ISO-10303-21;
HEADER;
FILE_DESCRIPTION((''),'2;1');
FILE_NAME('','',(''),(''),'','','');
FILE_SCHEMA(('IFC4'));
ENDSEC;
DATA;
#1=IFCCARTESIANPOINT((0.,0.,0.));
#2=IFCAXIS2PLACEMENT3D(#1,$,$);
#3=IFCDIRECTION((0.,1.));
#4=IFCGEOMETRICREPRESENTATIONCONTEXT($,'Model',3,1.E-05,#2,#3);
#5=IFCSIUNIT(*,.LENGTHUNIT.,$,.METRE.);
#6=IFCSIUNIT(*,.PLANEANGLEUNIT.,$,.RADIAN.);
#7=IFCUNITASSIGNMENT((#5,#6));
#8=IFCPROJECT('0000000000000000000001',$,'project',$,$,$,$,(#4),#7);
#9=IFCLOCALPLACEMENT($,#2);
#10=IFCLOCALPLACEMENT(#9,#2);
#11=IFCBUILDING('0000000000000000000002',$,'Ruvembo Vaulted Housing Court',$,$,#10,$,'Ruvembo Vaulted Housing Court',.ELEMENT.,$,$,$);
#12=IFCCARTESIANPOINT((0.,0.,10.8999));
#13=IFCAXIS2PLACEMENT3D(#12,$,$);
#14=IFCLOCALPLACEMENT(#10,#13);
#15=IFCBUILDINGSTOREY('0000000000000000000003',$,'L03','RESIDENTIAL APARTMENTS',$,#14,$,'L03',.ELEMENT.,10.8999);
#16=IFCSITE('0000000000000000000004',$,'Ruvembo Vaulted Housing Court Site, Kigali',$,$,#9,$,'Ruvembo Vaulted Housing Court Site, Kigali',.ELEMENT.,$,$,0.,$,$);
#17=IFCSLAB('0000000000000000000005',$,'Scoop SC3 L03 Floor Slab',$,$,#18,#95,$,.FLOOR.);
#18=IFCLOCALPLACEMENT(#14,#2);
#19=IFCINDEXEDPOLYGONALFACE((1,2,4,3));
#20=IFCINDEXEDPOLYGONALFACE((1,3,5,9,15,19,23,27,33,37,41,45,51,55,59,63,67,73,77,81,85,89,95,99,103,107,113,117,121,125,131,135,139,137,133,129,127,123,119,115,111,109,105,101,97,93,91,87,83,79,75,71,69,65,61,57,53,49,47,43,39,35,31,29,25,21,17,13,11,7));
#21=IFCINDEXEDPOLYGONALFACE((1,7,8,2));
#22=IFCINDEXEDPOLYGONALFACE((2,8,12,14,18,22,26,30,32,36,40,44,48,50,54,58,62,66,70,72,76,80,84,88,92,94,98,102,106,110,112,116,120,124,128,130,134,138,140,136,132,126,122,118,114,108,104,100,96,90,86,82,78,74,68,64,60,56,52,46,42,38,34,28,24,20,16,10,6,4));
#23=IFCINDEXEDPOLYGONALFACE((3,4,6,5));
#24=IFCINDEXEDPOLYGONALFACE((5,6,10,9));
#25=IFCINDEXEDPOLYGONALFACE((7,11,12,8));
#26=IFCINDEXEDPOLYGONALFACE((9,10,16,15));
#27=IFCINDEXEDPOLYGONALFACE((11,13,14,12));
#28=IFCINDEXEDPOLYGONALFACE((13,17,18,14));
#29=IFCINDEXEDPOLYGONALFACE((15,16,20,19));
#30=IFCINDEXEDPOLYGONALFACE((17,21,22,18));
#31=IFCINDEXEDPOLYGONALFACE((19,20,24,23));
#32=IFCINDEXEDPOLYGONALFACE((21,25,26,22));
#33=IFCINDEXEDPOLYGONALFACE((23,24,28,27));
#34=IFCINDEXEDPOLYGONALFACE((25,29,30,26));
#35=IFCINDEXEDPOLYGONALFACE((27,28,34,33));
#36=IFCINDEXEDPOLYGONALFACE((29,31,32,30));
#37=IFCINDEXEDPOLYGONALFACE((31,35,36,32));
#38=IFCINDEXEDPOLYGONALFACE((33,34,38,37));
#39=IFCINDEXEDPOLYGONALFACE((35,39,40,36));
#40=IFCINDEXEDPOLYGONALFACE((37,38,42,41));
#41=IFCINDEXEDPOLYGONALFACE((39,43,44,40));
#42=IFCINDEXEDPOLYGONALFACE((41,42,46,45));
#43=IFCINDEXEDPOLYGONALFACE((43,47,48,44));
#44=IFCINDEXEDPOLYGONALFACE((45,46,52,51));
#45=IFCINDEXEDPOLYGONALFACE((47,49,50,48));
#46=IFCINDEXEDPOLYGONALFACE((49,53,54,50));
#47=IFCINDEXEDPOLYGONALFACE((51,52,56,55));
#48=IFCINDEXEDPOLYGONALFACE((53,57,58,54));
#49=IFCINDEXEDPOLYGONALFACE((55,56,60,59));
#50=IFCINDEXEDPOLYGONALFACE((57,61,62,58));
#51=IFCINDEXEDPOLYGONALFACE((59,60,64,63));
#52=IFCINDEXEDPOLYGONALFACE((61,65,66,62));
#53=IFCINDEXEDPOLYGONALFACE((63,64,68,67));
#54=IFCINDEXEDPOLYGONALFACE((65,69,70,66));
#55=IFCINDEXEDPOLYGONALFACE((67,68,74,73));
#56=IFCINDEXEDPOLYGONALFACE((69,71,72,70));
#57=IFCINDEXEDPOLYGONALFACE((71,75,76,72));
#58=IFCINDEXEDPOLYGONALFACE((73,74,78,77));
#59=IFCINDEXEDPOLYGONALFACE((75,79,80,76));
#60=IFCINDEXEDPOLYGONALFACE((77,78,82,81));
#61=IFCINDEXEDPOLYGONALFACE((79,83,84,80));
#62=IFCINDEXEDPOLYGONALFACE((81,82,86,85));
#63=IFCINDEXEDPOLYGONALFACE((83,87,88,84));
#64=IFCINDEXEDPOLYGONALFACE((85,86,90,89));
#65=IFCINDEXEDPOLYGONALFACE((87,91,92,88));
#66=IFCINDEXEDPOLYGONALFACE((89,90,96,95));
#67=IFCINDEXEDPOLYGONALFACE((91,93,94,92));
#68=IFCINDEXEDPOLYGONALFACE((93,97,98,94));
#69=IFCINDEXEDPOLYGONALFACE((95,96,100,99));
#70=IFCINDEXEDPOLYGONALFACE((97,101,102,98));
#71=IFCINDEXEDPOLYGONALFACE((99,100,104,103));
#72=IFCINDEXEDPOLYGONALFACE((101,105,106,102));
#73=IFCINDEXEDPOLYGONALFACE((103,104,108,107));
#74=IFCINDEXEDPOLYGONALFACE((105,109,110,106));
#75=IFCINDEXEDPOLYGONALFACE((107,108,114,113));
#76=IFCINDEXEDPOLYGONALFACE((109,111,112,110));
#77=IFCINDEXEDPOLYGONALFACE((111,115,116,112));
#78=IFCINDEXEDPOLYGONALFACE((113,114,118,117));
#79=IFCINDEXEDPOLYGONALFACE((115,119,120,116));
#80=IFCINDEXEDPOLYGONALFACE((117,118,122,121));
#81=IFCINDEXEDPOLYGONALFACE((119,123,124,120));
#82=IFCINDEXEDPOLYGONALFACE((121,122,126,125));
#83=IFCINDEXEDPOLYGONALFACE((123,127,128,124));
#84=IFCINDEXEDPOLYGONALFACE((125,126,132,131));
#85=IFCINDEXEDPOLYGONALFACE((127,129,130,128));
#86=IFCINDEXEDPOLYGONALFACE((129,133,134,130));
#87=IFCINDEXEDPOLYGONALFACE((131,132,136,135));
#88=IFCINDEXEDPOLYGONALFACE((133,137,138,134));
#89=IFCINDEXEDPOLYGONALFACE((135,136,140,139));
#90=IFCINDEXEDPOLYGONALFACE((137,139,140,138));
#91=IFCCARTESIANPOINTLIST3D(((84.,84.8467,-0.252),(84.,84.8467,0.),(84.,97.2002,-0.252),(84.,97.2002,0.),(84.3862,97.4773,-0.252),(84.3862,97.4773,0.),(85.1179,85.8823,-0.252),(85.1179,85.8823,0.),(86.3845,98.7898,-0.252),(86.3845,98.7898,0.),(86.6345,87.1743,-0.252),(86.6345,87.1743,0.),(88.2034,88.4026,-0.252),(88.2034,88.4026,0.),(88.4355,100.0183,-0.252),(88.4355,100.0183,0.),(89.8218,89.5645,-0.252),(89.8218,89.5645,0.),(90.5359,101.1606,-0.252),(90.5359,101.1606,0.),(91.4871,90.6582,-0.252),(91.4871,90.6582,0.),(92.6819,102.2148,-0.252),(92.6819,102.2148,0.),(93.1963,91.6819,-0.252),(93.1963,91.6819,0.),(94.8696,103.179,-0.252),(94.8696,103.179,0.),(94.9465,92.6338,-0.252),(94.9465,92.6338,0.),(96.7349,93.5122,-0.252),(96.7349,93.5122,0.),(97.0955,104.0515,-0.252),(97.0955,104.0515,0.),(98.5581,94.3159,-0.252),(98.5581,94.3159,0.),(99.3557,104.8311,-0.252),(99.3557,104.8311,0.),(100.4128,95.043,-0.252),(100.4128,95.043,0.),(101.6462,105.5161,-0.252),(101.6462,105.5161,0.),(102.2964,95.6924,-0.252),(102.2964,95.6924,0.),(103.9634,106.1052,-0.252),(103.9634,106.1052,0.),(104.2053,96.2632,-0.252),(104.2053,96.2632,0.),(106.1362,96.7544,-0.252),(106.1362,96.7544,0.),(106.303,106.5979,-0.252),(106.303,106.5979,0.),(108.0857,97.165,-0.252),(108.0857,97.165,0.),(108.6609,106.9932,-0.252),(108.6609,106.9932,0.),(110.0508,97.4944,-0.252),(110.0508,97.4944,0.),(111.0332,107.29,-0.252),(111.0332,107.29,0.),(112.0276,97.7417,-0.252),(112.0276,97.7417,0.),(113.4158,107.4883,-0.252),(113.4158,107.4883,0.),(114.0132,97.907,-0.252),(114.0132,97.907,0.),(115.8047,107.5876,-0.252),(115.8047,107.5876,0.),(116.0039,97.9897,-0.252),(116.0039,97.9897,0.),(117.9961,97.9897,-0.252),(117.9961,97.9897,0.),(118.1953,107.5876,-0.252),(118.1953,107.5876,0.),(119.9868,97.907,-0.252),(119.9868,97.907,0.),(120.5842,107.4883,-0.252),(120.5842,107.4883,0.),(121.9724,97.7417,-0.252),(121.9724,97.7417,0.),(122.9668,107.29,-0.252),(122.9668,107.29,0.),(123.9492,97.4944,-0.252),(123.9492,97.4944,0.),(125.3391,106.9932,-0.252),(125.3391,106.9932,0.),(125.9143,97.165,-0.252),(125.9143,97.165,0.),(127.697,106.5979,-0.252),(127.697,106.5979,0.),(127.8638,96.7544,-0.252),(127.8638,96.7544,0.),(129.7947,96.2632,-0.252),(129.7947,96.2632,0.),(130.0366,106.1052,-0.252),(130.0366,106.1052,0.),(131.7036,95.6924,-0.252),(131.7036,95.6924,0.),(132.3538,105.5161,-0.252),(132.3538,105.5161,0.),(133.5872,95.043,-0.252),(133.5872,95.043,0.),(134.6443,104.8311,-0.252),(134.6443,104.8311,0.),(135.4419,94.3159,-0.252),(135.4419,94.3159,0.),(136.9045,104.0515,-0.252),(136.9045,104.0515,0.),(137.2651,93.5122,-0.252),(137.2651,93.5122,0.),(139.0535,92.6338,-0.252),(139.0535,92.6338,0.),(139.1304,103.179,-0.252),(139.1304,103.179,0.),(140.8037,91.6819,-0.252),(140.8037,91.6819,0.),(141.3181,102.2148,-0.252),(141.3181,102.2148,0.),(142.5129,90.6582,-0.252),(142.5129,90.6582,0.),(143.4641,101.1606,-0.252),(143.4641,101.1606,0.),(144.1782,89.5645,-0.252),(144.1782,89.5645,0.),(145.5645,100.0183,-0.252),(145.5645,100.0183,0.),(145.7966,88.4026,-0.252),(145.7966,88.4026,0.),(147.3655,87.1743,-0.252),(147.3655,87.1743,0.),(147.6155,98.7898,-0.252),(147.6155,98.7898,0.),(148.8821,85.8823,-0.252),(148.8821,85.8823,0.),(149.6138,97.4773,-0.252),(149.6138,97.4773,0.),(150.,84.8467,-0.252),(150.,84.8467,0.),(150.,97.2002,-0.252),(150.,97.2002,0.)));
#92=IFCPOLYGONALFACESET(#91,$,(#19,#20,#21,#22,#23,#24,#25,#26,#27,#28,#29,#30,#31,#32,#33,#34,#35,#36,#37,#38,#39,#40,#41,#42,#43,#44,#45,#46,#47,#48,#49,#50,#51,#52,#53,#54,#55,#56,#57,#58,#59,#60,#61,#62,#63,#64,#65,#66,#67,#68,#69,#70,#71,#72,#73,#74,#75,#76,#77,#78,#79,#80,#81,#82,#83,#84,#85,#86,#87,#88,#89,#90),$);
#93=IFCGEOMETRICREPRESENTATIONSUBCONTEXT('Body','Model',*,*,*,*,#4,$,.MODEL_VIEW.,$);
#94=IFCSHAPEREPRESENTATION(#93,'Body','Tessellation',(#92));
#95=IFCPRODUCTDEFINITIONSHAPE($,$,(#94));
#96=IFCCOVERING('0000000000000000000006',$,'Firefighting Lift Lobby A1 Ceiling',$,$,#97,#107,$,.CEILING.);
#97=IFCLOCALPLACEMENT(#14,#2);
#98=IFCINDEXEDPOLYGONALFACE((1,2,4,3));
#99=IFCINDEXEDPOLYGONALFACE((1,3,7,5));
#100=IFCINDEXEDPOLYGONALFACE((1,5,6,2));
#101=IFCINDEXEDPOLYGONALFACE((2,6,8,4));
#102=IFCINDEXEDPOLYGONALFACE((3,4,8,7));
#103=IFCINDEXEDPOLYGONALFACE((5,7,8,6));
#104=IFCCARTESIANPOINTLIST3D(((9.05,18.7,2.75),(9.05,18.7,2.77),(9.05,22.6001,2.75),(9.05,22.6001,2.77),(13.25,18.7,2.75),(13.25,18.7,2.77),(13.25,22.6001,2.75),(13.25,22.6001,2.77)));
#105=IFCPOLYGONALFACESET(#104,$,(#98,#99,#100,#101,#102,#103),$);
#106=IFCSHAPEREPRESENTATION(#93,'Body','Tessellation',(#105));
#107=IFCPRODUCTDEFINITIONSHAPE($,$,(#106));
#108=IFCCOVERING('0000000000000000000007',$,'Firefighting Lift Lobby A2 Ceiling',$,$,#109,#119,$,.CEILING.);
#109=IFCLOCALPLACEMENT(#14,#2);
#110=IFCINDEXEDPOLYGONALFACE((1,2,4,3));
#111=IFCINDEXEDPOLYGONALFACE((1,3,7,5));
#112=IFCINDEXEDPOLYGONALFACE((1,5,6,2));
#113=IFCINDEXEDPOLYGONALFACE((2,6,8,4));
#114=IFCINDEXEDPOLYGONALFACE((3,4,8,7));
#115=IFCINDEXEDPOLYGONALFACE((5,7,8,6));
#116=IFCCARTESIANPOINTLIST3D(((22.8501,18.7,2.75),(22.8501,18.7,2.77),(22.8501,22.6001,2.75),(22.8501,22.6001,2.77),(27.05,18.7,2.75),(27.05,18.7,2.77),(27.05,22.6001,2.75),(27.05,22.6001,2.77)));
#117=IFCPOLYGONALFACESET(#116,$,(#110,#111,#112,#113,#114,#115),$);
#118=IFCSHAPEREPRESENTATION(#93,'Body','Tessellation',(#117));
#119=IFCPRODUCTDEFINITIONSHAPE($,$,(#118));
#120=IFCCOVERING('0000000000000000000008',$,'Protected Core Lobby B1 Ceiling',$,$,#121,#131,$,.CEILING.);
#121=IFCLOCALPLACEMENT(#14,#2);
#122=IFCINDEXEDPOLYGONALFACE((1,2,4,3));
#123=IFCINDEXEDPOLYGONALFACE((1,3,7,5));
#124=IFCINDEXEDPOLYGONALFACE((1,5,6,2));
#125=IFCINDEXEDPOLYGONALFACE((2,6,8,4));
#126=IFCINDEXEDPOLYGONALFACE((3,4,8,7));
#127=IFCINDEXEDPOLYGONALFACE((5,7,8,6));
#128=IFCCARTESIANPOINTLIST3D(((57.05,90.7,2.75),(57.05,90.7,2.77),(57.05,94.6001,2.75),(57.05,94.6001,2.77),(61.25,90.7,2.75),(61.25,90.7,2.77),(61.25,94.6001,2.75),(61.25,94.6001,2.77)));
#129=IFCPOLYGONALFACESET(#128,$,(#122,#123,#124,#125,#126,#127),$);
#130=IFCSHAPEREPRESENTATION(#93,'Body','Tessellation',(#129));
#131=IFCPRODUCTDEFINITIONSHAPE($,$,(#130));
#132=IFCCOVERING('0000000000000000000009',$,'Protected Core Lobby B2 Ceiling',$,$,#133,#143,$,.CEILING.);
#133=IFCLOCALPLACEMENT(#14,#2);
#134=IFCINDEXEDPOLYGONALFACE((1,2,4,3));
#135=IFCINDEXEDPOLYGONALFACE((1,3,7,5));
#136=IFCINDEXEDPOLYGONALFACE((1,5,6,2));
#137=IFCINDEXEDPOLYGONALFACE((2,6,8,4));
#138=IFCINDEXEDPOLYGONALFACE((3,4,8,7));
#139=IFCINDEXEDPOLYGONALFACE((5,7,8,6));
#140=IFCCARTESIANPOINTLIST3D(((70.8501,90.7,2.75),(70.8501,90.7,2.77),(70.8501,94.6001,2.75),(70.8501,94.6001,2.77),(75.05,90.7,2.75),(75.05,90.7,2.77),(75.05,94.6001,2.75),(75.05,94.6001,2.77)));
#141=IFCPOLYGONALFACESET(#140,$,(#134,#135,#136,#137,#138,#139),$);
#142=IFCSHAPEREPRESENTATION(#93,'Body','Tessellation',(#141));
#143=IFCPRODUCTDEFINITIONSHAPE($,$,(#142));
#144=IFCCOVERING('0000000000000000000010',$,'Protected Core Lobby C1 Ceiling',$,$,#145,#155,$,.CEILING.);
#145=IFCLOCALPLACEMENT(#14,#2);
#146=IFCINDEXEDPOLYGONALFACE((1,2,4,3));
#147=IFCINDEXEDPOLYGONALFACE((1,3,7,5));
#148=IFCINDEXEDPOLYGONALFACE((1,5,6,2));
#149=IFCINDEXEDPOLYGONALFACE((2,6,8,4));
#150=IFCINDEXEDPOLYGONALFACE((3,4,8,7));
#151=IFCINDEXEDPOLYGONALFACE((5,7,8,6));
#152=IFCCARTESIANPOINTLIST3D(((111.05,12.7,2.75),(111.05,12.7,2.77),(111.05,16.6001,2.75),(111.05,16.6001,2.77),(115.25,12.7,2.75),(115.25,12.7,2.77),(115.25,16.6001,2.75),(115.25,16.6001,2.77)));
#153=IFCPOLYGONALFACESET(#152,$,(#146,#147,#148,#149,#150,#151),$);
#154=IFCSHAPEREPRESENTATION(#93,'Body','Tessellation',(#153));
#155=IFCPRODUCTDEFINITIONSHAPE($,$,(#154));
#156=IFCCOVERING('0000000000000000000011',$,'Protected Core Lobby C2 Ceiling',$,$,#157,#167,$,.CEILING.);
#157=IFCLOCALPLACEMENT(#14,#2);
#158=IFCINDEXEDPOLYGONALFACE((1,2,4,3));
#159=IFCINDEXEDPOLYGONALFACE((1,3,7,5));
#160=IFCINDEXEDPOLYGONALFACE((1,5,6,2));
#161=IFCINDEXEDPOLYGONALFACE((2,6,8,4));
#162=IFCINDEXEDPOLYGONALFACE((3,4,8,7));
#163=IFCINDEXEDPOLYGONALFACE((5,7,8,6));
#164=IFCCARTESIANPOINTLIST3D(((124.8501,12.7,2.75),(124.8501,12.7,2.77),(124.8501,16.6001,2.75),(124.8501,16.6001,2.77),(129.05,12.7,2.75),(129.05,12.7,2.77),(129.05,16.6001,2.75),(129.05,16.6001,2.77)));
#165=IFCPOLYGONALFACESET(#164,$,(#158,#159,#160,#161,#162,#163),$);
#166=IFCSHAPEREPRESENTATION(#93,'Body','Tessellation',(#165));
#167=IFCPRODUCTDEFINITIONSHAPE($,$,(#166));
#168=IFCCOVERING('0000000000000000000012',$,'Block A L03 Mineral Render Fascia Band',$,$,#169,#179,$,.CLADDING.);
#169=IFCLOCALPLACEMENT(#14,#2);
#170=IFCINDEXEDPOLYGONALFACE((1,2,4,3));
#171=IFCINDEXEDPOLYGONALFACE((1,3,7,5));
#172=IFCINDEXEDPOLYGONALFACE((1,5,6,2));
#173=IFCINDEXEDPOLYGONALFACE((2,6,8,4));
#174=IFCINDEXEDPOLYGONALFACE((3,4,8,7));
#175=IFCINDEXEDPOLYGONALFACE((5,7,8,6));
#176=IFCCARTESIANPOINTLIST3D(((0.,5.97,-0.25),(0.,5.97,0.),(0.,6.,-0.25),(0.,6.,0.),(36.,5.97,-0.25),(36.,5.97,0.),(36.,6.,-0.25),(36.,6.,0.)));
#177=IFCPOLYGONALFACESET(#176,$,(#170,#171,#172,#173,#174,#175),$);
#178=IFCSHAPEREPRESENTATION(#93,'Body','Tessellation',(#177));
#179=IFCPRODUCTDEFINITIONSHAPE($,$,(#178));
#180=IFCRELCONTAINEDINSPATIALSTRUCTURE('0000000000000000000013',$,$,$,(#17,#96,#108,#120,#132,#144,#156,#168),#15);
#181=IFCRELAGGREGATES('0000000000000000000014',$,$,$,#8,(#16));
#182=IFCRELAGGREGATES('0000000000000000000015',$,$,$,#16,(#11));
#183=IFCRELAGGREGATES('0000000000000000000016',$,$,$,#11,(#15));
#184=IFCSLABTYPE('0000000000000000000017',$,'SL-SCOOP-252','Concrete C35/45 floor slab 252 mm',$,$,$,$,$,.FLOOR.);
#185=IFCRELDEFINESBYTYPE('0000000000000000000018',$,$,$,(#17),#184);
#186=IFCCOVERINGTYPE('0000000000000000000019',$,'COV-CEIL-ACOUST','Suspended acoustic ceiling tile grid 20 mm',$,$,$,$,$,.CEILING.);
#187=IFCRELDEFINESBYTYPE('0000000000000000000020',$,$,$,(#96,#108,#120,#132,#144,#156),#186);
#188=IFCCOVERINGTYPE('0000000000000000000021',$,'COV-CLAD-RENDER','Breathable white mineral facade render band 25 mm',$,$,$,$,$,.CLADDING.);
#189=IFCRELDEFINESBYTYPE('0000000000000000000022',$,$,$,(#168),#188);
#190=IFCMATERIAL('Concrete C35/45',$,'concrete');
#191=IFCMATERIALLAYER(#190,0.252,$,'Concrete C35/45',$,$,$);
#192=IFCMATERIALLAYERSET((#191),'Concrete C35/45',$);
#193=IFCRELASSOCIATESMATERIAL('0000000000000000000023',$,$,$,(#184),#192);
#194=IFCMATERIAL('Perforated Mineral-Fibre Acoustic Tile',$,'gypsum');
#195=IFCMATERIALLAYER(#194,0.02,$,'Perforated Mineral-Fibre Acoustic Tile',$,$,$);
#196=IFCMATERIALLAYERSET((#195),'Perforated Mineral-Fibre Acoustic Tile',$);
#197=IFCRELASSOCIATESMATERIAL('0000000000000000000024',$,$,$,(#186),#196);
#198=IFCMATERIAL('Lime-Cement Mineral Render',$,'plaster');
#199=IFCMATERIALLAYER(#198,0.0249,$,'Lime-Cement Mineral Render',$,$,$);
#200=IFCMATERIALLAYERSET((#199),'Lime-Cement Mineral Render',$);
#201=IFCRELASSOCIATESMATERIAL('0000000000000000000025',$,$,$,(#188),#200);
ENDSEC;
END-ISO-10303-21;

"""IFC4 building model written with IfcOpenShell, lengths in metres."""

from ifc_helpers import new_model, si_unit, direction, frame, origin, place, context, subcontext, project, spatial, polyline, outline, extrude, material, layer, layer_set, type_object, element, save


model = new_model("IFC4")

# Units and contexts
model_context = context("Model", 3, precision=1e-05, world=origin(), true_north=direction((0.0, 1.0)))
body_context = subcontext(model_context, "Body", "Model", "MODEL_VIEW")
ifc_project = project(units=[si_unit("LENGTHUNIT", "METRE"), si_unit("PLANEANGLEUNIT", "RADIAN")], contexts=[model_context])

# Site, building, storey
site_placement = place(None, origin())
site = spatial("IfcSite", under=ifc_project, at=site_placement, Name="Ruvembo Vaulted Housing Court Site, Kigali", LongName="Ruvembo Vaulted Housing Court Site, Kigali", CompositionType="ELEMENT", RefElevation=0.0)
building_placement = place(site_placement, origin())
building = spatial("IfcBuilding", under=site, at=building_placement, Name="Ruvembo Vaulted Housing Court", LongName="Ruvembo Vaulted Housing Court", CompositionType="ELEMENT")
storey_placement = place(building_placement, frame((0.0, 0.0, 10.8999)))
storey = spatial("IfcBuildingStorey", under=building, at=storey_placement, Name="L03", Description="RESIDENTIAL APARTMENTS", LongName="L03", CompositionType="ELEMENT", Elevation=10.8999)

# Shared definitions
ifc_material_1 = material(Name="Concrete C35/45", Category="concrete")

# Slab
ifc_layer_1 = layer(ifc_material_1, 0.252, Name="Concrete C35/45")
ifc_layer_set_1 = layer_set([ifc_layer_1], Name="Concrete C35/45")
slab_type_1 = type_object("IfcSlabType", Name="SL-SCOOP-252", Description="Concrete C35/45 floor slab 252 mm", PredefinedType="FLOOR", material=ifc_layer_set_1)
slab_1_placement = place(storey_placement, frame((0.0, 0.0, -0.252)))
element("IfcSlab", 1, at=slab_1_placement, inside=storey, type_object=slab_type_1, Name="Scoop SC3 L03 Floor Slab", PredefinedType="FLOOR", context=body_context, shape_type="SweptSolid", body=[
    extrude(outline(polyline([(150.0, 84.8467), (150.0, 97.2002), (149.6138, 97.4773), (147.6155, 98.7898), (145.5645, 100.0183), (143.4641, 101.1606), (141.3181, 102.2148), (139.1304, 103.179), (136.9045, 104.0515), (134.6443, 104.8311), (132.3538, 105.5161), (130.0366, 106.1052), (127.697, 106.5979), (125.3391, 106.9932), (122.9668, 107.29), (120.5842, 107.4883), (118.1953, 107.5876), (115.8047, 107.5876), (113.4158, 107.4883), (111.0332, 107.29), (108.6609, 106.9932), (106.303, 106.5979), (103.9634, 106.1052), (101.6462, 105.5161), (99.3557, 104.8311), (97.0955, 104.0515), (94.8696, 103.179), (92.6819, 102.2148), (90.5359, 101.1606), (88.4355, 100.0183), (86.3845, 98.7898), (84.3862, 97.4773), (84.0, 97.2002), (84.0, 84.8467), (85.1179, 85.8823), (86.6345, 87.1743), (88.2034, 88.4026), (89.8218, 89.5645), (91.4871, 90.6582), (93.1963, 91.6819), (94.9465, 92.6338), (96.7349, 93.5122), (98.5581, 94.3159), (100.4128, 95.043), (102.2964, 95.6924), (104.2053, 96.2632), (106.1362, 96.7544), (108.0857, 97.165), (110.0508, 97.4944), (112.0276, 97.7417), (114.0132, 97.907), (116.0039, 97.9897), (117.9961, 97.9897), (119.9868, 97.907), (121.9724, 97.7417), (123.9492, 97.4944), (125.9143, 97.165), (127.8638, 96.7544), (129.7947, 96.2632), (131.7036, 95.6924), (133.5872, 95.043), (135.4419, 94.3159), (137.2651, 93.5122), (139.0535, 92.6338), (140.8037, 91.6819), (142.5129, 90.6582), (144.1782, 89.5645), (145.7966, 88.4026), (147.3655, 87.1743), (148.8821, 85.8823), (150.0, 84.8467)])), origin(), (0.0, 0.0, 1.0), 0.252),
])

# Coverings
ifc_material_2 = material(Name="Perforated Mineral-Fibre Acoustic Tile", Category="gypsum")
ifc_layer_2 = layer(ifc_material_2, 0.02, Name="Perforated Mineral-Fibre Acoustic Tile")
ifc_layer_set_2 = layer_set([ifc_layer_2], Name="Perforated Mineral-Fibre Acoustic Tile")
covering_type_1 = type_object("IfcCoveringType", Name="COV-CEIL-ACOUST", Description="Suspended acoustic ceiling tile grid 20 mm", PredefinedType="CEILING", material=ifc_layer_set_2)
covering_1_placement = place(storey_placement, frame((0.0, 0.0, 2.75)))
element("IfcCovering", 2, at=covering_1_placement, inside=storey, type_object=covering_type_1, Name="Firefighting Lift Lobby A1 Ceiling", PredefinedType="CEILING", context=body_context, shape_type="SweptSolid", body=[
    extrude(outline(polyline([(13.25, 22.6001), (9.05, 22.6001), (9.05, 18.7), (13.25, 18.7), (13.25, 22.6001)])), origin(), (0.0, 0.0, 1.0), 0.02),
])
covering_2_placement = place(storey_placement, frame((0.0, 0.0, 2.75)))
element("IfcCovering", 3, at=covering_2_placement, inside=storey, type_object=covering_type_1, Name="Firefighting Lift Lobby A2 Ceiling", PredefinedType="CEILING", context=body_context, shape_type="SweptSolid", body=[
    extrude(outline(polyline([(27.05, 22.6001), (22.8501, 22.6001), (22.8501, 18.7), (27.05, 18.7), (27.05, 22.6001)])), origin(), (0.0, 0.0, 1.0), 0.02),
])
covering_3_placement = place(storey_placement, frame((0.0, 0.0, 2.75)))
element("IfcCovering", 4, at=covering_3_placement, inside=storey, type_object=covering_type_1, Name="Protected Core Lobby B1 Ceiling", PredefinedType="CEILING", context=body_context, shape_type="SweptSolid", body=[
    extrude(outline(polyline([(61.25, 94.6001), (57.05, 94.6001), (57.05, 90.7), (61.25, 90.7), (61.25, 94.6001)])), origin(), (0.0, 0.0, 1.0), 0.02),
])
covering_4_placement = place(storey_placement, frame((0.0, 0.0, 2.75)))
element("IfcCovering", 5, at=covering_4_placement, inside=storey, type_object=covering_type_1, Name="Protected Core Lobby B2 Ceiling", PredefinedType="CEILING", context=body_context, shape_type="SweptSolid", body=[
    extrude(outline(polyline([(75.05, 94.6001), (70.8501, 94.6001), (70.8501, 90.7), (75.05, 90.7), (75.05, 94.6001)])), origin(), (0.0, 0.0, 1.0), 0.02),
])
covering_5_placement = place(storey_placement, frame((0.0, 0.0, 2.75)))
element("IfcCovering", 6, at=covering_5_placement, inside=storey, type_object=covering_type_1, Name="Protected Core Lobby C1 Ceiling", PredefinedType="CEILING", context=body_context, shape_type="SweptSolid", body=[
    extrude(outline(polyline([(115.25, 16.6001), (111.05, 16.6001), (111.05, 12.7), (115.25, 12.7), (115.25, 16.6001)])), origin(), (0.0, 0.0, 1.0), 0.02),
])
covering_6_placement = place(storey_placement, frame((0.0, 0.0, 2.75)))
element("IfcCovering", 7, at=covering_6_placement, inside=storey, type_object=covering_type_1, Name="Protected Core Lobby C2 Ceiling", PredefinedType="CEILING", context=body_context, shape_type="SweptSolid", body=[
    extrude(outline(polyline([(129.05, 16.6001), (124.8501, 16.6001), (124.8501, 12.7), (129.05, 12.7), (129.05, 16.6001)])), origin(), (0.0, 0.0, 1.0), 0.02),
])
ifc_material_3 = material(Name="Lime-Cement Mineral Render", Category="plaster")
ifc_layer_3 = layer(ifc_material_3, 0.0249, Name="Lime-Cement Mineral Render")
ifc_layer_set_3 = layer_set([ifc_layer_3], Name="Lime-Cement Mineral Render")
covering_type_2 = type_object("IfcCoveringType", Name="COV-CLAD-RENDER", Description="Breathable white mineral facade render band 25 mm", PredefinedType="CLADDING", material=ifc_layer_set_3)
covering_7_placement = place(storey_placement, frame((0.0, 0.0, -0.25)))
element("IfcCovering", 8, at=covering_7_placement, inside=storey, type_object=covering_type_2, Name="Block A L03 Mineral Render Fascia Band", PredefinedType="CLADDING", context=body_context, shape_type="SweptSolid", body=[
    extrude(outline(polyline([(0.0, 5.97), (36.0, 5.97), (36.0, 6.0), (0.0, 6.0), (0.0, 5.97)])), origin(), (0.0, 0.0, 1.0), 0.25),
])

save(model, "model.ifc")
